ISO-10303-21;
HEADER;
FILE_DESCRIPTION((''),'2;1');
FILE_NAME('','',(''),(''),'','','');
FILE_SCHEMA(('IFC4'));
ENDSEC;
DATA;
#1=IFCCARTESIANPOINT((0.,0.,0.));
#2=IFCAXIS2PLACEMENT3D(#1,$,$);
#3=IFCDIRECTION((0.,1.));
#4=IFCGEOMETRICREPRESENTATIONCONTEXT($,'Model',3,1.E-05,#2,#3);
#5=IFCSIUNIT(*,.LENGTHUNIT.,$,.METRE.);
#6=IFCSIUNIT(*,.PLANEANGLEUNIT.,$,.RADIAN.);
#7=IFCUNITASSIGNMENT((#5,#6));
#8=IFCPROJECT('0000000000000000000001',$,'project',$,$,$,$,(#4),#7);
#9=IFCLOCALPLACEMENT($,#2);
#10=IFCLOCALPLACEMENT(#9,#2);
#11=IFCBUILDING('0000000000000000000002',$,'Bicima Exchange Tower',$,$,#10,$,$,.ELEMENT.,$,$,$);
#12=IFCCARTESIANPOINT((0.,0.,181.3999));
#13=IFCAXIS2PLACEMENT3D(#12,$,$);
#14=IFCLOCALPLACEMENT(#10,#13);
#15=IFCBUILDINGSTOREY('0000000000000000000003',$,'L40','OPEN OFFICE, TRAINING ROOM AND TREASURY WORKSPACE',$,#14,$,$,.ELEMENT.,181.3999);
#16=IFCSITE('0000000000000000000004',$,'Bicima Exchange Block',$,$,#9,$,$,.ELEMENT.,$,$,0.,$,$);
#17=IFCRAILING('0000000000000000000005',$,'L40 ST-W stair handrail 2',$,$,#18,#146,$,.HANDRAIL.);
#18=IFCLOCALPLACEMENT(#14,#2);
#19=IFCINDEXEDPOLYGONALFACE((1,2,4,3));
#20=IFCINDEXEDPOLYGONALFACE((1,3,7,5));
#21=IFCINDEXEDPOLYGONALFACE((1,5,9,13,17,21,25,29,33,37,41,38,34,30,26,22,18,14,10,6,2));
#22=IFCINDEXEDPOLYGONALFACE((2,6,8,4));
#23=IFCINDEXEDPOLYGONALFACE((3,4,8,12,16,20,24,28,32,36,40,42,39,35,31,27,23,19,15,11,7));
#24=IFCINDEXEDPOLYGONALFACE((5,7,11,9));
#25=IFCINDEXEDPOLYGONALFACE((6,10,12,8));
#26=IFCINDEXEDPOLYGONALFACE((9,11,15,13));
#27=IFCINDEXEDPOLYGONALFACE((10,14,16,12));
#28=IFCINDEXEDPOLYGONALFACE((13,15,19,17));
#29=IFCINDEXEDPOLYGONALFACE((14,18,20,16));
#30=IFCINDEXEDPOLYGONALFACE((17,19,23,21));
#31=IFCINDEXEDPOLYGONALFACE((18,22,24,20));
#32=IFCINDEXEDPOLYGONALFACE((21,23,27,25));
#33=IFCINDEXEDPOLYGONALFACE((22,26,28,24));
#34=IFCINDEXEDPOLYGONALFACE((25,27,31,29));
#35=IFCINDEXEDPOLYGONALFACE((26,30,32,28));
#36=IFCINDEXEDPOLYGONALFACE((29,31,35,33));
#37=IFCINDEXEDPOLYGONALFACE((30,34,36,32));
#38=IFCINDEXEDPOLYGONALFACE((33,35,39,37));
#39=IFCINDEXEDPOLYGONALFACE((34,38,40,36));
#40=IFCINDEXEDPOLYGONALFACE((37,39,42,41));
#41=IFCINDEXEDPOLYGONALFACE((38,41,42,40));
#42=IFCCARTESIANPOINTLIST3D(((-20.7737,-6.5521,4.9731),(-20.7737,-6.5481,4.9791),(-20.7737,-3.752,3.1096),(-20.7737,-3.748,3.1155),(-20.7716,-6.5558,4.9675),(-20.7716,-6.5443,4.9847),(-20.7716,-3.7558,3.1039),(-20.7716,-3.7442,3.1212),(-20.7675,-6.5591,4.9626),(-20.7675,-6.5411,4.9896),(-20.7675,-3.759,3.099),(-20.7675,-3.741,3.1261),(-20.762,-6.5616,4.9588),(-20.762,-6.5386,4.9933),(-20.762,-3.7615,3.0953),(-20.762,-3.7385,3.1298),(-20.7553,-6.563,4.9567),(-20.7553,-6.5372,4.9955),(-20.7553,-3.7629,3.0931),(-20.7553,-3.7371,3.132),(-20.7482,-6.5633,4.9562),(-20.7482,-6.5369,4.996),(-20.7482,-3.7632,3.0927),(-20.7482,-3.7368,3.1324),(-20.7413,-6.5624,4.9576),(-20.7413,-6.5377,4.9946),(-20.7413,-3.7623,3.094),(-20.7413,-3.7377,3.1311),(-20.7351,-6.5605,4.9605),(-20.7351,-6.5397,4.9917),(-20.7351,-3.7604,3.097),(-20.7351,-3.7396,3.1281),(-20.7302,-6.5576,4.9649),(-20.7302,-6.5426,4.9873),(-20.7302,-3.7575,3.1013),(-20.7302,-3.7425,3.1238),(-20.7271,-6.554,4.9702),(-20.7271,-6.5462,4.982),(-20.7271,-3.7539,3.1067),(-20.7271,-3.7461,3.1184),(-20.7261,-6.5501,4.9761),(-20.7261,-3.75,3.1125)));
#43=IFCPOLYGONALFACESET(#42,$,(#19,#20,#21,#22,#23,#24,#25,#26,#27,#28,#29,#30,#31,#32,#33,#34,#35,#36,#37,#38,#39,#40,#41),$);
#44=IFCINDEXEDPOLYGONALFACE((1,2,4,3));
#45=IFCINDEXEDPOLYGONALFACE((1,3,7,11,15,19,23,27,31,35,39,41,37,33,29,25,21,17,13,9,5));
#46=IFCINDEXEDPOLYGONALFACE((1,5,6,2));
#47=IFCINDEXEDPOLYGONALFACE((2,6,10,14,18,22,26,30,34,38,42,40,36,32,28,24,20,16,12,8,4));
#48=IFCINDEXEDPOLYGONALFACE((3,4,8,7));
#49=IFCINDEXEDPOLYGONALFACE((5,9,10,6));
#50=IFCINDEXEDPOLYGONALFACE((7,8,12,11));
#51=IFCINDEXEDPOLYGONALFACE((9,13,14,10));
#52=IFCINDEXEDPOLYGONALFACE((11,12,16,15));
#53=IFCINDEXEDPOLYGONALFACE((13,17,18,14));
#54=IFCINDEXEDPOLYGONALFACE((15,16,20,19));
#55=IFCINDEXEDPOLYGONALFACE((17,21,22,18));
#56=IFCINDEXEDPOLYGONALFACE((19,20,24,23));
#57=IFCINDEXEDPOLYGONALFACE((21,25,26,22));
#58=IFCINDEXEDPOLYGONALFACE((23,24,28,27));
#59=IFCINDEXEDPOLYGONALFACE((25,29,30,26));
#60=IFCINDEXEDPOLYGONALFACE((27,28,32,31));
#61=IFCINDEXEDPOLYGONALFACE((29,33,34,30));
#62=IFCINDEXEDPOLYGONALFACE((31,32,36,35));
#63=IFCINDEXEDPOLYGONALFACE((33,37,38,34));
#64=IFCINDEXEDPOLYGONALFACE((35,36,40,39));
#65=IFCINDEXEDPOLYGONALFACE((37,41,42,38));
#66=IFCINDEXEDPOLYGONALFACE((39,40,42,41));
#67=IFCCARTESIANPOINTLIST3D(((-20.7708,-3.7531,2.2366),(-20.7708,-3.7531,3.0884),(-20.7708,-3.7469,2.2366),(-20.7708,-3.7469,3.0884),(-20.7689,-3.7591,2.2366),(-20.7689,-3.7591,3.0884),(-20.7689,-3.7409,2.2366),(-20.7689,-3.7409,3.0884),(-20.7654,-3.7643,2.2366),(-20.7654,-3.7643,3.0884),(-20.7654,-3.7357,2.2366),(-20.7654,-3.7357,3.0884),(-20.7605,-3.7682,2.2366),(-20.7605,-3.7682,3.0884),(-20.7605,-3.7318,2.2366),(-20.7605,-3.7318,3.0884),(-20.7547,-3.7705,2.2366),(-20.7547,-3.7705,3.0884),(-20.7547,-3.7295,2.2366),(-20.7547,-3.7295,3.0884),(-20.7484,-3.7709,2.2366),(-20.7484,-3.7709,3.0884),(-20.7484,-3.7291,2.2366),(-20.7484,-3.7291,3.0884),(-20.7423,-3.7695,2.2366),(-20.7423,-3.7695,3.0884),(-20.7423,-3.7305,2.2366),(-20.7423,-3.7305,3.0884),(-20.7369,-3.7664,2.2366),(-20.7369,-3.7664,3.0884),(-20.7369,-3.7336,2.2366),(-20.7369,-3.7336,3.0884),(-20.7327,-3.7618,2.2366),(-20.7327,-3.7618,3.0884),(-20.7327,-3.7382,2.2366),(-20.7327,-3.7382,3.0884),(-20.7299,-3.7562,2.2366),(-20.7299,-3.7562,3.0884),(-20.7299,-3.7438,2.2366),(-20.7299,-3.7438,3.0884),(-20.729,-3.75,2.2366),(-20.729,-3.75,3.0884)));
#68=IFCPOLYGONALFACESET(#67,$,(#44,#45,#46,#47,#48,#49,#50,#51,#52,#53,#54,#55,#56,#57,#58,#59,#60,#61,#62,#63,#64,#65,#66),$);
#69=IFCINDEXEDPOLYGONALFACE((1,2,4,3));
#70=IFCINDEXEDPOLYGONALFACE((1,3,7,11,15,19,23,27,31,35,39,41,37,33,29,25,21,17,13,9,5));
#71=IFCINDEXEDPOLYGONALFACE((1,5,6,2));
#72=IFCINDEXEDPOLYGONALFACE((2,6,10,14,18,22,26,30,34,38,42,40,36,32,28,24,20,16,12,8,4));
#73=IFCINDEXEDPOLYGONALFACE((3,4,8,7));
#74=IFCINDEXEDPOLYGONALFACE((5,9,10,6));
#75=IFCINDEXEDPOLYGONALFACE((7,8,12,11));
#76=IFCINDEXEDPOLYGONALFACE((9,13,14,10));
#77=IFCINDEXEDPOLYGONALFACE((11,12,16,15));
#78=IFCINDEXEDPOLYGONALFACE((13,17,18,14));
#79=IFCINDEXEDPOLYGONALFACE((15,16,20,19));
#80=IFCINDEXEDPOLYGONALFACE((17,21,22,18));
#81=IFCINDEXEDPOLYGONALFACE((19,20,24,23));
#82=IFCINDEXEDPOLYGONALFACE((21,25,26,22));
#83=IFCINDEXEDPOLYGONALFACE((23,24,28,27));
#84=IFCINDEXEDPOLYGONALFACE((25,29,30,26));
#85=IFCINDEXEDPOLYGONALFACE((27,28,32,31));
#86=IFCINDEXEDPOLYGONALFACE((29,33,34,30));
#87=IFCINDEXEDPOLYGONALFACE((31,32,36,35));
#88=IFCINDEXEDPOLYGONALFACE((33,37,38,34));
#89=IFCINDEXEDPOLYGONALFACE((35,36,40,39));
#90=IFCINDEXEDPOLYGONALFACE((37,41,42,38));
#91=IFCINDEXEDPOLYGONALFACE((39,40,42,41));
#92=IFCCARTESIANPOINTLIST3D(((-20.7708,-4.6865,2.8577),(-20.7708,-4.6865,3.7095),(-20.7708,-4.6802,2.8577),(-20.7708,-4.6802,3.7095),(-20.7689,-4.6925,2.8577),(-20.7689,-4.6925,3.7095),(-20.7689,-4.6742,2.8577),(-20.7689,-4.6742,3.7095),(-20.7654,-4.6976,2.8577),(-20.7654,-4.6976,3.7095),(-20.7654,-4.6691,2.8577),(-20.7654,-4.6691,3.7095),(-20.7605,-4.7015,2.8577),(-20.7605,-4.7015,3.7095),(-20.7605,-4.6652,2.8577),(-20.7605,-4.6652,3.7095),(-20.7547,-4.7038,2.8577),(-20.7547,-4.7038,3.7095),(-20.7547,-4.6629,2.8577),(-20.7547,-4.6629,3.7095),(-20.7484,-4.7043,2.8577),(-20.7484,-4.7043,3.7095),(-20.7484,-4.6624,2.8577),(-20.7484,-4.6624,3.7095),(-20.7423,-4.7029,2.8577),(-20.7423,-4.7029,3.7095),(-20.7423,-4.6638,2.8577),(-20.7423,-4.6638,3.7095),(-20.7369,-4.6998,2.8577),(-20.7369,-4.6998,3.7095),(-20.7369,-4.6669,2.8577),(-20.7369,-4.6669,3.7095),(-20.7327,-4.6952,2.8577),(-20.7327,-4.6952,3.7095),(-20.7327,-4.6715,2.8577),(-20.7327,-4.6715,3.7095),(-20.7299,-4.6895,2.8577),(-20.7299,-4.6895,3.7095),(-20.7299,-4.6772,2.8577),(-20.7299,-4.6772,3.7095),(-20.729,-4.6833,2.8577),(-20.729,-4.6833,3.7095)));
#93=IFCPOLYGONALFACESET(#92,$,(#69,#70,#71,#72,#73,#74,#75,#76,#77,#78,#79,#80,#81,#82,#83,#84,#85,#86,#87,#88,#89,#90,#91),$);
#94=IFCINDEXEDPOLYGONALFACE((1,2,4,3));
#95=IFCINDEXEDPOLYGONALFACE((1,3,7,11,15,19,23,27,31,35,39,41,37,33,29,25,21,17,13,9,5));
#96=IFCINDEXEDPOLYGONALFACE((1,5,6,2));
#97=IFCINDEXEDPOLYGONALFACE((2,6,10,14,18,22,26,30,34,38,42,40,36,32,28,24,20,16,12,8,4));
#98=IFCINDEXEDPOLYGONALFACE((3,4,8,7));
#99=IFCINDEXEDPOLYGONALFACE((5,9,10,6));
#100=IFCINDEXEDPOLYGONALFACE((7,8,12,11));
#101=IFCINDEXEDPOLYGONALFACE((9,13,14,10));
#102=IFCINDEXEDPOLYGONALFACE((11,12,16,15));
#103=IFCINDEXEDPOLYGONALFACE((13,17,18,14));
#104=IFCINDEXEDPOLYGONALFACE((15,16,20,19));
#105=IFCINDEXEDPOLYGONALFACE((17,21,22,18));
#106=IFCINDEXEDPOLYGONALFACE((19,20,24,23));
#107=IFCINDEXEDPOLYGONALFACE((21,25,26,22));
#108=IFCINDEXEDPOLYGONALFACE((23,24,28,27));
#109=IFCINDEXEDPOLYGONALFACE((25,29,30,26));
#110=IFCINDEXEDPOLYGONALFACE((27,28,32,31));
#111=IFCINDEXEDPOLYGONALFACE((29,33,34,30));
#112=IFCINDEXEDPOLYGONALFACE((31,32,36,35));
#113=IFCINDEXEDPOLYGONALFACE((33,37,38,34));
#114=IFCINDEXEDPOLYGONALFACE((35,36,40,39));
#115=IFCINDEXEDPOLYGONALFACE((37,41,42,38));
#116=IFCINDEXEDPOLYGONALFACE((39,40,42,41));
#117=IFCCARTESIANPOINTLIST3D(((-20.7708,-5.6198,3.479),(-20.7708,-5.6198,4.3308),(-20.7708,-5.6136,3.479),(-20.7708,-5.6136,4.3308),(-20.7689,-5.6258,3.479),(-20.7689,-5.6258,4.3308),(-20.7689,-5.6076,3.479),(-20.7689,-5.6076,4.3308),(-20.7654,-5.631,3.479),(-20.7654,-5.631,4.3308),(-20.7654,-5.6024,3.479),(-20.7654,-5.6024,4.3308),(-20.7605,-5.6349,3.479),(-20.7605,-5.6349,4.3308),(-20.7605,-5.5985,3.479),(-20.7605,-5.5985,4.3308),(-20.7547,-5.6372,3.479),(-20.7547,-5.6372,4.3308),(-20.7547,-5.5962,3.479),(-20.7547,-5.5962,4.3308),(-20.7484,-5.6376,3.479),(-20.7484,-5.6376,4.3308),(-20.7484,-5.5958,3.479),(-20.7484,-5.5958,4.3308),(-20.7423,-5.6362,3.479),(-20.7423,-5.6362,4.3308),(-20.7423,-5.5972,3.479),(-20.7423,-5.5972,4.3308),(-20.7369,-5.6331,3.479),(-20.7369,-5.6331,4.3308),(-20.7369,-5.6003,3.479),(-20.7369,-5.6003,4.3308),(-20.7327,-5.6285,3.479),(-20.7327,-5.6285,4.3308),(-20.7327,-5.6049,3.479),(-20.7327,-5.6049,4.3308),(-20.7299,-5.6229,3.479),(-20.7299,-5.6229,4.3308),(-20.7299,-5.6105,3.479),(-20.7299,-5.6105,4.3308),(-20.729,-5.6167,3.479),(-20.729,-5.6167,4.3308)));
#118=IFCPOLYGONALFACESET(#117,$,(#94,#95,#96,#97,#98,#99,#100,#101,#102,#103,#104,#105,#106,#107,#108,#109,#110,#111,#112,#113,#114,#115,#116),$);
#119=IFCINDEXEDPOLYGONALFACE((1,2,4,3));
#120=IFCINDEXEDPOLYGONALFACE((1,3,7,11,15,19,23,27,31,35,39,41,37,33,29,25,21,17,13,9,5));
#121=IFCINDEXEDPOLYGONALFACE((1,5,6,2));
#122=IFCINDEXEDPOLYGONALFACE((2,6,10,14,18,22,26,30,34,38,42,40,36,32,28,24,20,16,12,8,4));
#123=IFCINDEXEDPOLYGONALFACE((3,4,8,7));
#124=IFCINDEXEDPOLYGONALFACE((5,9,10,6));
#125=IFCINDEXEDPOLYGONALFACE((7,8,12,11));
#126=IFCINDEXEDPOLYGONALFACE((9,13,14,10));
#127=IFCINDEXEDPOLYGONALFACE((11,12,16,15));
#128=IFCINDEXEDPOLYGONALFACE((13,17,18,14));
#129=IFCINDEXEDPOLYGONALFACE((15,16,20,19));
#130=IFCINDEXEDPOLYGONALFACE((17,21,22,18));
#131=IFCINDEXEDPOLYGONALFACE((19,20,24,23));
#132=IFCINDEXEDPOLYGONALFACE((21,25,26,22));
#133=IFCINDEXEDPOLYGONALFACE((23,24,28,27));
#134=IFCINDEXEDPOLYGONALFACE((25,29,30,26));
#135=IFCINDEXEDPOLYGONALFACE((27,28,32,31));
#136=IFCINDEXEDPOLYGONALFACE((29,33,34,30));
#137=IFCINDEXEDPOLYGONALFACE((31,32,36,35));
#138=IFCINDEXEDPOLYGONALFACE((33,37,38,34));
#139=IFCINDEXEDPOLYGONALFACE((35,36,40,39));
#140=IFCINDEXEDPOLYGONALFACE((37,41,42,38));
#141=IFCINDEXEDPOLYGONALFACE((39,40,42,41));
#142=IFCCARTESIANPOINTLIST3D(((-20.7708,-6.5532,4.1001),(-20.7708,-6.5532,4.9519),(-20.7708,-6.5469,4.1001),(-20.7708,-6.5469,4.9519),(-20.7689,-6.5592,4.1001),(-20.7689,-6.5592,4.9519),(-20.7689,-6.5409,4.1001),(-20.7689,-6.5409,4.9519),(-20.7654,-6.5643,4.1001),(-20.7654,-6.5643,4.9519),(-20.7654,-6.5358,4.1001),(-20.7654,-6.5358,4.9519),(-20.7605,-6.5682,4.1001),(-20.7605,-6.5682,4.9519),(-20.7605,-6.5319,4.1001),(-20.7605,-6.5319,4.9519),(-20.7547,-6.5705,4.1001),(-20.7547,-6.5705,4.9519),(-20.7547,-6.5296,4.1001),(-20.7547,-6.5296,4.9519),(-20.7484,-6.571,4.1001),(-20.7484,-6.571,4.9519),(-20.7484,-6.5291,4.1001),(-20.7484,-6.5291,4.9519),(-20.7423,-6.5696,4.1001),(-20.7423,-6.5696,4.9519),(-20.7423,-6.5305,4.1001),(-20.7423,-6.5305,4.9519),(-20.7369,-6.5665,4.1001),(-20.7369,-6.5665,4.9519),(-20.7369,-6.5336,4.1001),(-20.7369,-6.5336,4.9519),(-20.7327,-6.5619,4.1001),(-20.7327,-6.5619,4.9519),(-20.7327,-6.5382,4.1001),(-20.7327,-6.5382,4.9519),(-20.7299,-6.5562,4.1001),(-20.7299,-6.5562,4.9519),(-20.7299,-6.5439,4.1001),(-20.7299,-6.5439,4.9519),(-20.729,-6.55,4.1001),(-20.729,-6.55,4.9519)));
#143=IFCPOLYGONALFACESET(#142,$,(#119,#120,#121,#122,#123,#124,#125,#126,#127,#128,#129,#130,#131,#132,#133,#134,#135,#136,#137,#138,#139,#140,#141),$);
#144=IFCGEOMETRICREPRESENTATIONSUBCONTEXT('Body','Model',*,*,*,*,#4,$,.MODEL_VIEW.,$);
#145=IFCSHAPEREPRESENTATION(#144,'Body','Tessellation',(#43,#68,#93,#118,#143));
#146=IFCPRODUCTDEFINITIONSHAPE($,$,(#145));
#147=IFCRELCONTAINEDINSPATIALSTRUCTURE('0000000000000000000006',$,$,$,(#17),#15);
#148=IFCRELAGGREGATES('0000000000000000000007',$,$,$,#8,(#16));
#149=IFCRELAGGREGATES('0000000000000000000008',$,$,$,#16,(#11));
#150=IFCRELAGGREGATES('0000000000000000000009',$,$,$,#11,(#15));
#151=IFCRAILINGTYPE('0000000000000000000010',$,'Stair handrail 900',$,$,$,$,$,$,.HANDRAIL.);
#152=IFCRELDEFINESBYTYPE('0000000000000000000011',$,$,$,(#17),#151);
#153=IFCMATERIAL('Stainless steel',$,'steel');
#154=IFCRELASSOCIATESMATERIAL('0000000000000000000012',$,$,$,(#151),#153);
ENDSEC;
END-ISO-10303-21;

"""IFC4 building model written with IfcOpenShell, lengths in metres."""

from ifc_helpers import new_model, si_unit, direction, frame, origin, origin_2d, place, context, subcontext, project, spatial, circle, extrude, material, type_object, element, save


model = new_model("IFC4")

# Units and contexts
model_context = context("Model", 3, precision=1e-05, world=origin(), true_north=direction((0.0, 1.0)))
body_context = subcontext(model_context, "Body", "Model", "MODEL_VIEW")
ifc_project = project(units=[si_unit("LENGTHUNIT", "METRE"), si_unit("PLANEANGLEUNIT", "RADIAN")], contexts=[model_context])

# Site, building, storey
site_placement = place(None, origin())
site = spatial("IfcSite", under=ifc_project, at=site_placement, Name="Bicima Exchange Block", CompositionType="ELEMENT", RefElevation=0.0)
building_placement = place(site_placement, origin())
building = spatial("IfcBuilding", under=site, at=building_placement, Name="Bicima Exchange Tower", CompositionType="ELEMENT")
storey_placement = place(building_placement, frame((0.0, 0.0, 181.3999)))
storey = spatial("IfcBuildingStorey", under=building, at=storey_placement, Name="L40", Description="OPEN OFFICE, TRAINING ROOM AND TREASURY WORKSPACE", CompositionType="ELEMENT", Elevation=181.3999)

# Railing
ifc_material_1 = material(Name="Stainless steel", Category="steel")
railing_type_1 = type_object("IfcRailingType", Name="Stair handrail 900", PredefinedType="HANDRAIL", material=ifc_material_1)
railing_1_placement = place(storey_placement, frame((-20.75, -3.75, 2.2366)))
element("IfcRailing", 1, at=railing_1_placement, inside=storey, type_object=railing_type_1, Name="L40 ST-W stair handrail 2", PredefinedType="HANDRAIL", context=body_context, shape_type="SweptSolid", body=[
    extrude(circle(Radius=0.0239, at=origin_2d()), frame((0.0, 0.0, 0.876), z_axis=(0.0, -0.832486, 0.554047), x_axis=(1.0, 0.0, 0.0)), (0.0, 0.0, 1.0), 3.3635),
    extrude(circle(Radius=0.021, at=origin_2d()), origin(), (0.0, 0.0, 1.0), 0.8518),
    extrude(circle(Radius=0.021, at=origin_2d()), frame((0.0, -0.9333, 0.6211)), (0.0, 0.0, 1.0), 0.8518),
    extrude(circle(Radius=0.021, at=origin_2d()), frame((0.0, -1.8667, 1.2424)), (0.0, 0.0, 1.0), 0.8518),
    extrude(circle(Radius=0.021, at=origin_2d()), frame((0.0, -2.8, 1.8635)), (0.0, 0.0, 1.0), 0.8518),
])

save(model, "model.ifc")
